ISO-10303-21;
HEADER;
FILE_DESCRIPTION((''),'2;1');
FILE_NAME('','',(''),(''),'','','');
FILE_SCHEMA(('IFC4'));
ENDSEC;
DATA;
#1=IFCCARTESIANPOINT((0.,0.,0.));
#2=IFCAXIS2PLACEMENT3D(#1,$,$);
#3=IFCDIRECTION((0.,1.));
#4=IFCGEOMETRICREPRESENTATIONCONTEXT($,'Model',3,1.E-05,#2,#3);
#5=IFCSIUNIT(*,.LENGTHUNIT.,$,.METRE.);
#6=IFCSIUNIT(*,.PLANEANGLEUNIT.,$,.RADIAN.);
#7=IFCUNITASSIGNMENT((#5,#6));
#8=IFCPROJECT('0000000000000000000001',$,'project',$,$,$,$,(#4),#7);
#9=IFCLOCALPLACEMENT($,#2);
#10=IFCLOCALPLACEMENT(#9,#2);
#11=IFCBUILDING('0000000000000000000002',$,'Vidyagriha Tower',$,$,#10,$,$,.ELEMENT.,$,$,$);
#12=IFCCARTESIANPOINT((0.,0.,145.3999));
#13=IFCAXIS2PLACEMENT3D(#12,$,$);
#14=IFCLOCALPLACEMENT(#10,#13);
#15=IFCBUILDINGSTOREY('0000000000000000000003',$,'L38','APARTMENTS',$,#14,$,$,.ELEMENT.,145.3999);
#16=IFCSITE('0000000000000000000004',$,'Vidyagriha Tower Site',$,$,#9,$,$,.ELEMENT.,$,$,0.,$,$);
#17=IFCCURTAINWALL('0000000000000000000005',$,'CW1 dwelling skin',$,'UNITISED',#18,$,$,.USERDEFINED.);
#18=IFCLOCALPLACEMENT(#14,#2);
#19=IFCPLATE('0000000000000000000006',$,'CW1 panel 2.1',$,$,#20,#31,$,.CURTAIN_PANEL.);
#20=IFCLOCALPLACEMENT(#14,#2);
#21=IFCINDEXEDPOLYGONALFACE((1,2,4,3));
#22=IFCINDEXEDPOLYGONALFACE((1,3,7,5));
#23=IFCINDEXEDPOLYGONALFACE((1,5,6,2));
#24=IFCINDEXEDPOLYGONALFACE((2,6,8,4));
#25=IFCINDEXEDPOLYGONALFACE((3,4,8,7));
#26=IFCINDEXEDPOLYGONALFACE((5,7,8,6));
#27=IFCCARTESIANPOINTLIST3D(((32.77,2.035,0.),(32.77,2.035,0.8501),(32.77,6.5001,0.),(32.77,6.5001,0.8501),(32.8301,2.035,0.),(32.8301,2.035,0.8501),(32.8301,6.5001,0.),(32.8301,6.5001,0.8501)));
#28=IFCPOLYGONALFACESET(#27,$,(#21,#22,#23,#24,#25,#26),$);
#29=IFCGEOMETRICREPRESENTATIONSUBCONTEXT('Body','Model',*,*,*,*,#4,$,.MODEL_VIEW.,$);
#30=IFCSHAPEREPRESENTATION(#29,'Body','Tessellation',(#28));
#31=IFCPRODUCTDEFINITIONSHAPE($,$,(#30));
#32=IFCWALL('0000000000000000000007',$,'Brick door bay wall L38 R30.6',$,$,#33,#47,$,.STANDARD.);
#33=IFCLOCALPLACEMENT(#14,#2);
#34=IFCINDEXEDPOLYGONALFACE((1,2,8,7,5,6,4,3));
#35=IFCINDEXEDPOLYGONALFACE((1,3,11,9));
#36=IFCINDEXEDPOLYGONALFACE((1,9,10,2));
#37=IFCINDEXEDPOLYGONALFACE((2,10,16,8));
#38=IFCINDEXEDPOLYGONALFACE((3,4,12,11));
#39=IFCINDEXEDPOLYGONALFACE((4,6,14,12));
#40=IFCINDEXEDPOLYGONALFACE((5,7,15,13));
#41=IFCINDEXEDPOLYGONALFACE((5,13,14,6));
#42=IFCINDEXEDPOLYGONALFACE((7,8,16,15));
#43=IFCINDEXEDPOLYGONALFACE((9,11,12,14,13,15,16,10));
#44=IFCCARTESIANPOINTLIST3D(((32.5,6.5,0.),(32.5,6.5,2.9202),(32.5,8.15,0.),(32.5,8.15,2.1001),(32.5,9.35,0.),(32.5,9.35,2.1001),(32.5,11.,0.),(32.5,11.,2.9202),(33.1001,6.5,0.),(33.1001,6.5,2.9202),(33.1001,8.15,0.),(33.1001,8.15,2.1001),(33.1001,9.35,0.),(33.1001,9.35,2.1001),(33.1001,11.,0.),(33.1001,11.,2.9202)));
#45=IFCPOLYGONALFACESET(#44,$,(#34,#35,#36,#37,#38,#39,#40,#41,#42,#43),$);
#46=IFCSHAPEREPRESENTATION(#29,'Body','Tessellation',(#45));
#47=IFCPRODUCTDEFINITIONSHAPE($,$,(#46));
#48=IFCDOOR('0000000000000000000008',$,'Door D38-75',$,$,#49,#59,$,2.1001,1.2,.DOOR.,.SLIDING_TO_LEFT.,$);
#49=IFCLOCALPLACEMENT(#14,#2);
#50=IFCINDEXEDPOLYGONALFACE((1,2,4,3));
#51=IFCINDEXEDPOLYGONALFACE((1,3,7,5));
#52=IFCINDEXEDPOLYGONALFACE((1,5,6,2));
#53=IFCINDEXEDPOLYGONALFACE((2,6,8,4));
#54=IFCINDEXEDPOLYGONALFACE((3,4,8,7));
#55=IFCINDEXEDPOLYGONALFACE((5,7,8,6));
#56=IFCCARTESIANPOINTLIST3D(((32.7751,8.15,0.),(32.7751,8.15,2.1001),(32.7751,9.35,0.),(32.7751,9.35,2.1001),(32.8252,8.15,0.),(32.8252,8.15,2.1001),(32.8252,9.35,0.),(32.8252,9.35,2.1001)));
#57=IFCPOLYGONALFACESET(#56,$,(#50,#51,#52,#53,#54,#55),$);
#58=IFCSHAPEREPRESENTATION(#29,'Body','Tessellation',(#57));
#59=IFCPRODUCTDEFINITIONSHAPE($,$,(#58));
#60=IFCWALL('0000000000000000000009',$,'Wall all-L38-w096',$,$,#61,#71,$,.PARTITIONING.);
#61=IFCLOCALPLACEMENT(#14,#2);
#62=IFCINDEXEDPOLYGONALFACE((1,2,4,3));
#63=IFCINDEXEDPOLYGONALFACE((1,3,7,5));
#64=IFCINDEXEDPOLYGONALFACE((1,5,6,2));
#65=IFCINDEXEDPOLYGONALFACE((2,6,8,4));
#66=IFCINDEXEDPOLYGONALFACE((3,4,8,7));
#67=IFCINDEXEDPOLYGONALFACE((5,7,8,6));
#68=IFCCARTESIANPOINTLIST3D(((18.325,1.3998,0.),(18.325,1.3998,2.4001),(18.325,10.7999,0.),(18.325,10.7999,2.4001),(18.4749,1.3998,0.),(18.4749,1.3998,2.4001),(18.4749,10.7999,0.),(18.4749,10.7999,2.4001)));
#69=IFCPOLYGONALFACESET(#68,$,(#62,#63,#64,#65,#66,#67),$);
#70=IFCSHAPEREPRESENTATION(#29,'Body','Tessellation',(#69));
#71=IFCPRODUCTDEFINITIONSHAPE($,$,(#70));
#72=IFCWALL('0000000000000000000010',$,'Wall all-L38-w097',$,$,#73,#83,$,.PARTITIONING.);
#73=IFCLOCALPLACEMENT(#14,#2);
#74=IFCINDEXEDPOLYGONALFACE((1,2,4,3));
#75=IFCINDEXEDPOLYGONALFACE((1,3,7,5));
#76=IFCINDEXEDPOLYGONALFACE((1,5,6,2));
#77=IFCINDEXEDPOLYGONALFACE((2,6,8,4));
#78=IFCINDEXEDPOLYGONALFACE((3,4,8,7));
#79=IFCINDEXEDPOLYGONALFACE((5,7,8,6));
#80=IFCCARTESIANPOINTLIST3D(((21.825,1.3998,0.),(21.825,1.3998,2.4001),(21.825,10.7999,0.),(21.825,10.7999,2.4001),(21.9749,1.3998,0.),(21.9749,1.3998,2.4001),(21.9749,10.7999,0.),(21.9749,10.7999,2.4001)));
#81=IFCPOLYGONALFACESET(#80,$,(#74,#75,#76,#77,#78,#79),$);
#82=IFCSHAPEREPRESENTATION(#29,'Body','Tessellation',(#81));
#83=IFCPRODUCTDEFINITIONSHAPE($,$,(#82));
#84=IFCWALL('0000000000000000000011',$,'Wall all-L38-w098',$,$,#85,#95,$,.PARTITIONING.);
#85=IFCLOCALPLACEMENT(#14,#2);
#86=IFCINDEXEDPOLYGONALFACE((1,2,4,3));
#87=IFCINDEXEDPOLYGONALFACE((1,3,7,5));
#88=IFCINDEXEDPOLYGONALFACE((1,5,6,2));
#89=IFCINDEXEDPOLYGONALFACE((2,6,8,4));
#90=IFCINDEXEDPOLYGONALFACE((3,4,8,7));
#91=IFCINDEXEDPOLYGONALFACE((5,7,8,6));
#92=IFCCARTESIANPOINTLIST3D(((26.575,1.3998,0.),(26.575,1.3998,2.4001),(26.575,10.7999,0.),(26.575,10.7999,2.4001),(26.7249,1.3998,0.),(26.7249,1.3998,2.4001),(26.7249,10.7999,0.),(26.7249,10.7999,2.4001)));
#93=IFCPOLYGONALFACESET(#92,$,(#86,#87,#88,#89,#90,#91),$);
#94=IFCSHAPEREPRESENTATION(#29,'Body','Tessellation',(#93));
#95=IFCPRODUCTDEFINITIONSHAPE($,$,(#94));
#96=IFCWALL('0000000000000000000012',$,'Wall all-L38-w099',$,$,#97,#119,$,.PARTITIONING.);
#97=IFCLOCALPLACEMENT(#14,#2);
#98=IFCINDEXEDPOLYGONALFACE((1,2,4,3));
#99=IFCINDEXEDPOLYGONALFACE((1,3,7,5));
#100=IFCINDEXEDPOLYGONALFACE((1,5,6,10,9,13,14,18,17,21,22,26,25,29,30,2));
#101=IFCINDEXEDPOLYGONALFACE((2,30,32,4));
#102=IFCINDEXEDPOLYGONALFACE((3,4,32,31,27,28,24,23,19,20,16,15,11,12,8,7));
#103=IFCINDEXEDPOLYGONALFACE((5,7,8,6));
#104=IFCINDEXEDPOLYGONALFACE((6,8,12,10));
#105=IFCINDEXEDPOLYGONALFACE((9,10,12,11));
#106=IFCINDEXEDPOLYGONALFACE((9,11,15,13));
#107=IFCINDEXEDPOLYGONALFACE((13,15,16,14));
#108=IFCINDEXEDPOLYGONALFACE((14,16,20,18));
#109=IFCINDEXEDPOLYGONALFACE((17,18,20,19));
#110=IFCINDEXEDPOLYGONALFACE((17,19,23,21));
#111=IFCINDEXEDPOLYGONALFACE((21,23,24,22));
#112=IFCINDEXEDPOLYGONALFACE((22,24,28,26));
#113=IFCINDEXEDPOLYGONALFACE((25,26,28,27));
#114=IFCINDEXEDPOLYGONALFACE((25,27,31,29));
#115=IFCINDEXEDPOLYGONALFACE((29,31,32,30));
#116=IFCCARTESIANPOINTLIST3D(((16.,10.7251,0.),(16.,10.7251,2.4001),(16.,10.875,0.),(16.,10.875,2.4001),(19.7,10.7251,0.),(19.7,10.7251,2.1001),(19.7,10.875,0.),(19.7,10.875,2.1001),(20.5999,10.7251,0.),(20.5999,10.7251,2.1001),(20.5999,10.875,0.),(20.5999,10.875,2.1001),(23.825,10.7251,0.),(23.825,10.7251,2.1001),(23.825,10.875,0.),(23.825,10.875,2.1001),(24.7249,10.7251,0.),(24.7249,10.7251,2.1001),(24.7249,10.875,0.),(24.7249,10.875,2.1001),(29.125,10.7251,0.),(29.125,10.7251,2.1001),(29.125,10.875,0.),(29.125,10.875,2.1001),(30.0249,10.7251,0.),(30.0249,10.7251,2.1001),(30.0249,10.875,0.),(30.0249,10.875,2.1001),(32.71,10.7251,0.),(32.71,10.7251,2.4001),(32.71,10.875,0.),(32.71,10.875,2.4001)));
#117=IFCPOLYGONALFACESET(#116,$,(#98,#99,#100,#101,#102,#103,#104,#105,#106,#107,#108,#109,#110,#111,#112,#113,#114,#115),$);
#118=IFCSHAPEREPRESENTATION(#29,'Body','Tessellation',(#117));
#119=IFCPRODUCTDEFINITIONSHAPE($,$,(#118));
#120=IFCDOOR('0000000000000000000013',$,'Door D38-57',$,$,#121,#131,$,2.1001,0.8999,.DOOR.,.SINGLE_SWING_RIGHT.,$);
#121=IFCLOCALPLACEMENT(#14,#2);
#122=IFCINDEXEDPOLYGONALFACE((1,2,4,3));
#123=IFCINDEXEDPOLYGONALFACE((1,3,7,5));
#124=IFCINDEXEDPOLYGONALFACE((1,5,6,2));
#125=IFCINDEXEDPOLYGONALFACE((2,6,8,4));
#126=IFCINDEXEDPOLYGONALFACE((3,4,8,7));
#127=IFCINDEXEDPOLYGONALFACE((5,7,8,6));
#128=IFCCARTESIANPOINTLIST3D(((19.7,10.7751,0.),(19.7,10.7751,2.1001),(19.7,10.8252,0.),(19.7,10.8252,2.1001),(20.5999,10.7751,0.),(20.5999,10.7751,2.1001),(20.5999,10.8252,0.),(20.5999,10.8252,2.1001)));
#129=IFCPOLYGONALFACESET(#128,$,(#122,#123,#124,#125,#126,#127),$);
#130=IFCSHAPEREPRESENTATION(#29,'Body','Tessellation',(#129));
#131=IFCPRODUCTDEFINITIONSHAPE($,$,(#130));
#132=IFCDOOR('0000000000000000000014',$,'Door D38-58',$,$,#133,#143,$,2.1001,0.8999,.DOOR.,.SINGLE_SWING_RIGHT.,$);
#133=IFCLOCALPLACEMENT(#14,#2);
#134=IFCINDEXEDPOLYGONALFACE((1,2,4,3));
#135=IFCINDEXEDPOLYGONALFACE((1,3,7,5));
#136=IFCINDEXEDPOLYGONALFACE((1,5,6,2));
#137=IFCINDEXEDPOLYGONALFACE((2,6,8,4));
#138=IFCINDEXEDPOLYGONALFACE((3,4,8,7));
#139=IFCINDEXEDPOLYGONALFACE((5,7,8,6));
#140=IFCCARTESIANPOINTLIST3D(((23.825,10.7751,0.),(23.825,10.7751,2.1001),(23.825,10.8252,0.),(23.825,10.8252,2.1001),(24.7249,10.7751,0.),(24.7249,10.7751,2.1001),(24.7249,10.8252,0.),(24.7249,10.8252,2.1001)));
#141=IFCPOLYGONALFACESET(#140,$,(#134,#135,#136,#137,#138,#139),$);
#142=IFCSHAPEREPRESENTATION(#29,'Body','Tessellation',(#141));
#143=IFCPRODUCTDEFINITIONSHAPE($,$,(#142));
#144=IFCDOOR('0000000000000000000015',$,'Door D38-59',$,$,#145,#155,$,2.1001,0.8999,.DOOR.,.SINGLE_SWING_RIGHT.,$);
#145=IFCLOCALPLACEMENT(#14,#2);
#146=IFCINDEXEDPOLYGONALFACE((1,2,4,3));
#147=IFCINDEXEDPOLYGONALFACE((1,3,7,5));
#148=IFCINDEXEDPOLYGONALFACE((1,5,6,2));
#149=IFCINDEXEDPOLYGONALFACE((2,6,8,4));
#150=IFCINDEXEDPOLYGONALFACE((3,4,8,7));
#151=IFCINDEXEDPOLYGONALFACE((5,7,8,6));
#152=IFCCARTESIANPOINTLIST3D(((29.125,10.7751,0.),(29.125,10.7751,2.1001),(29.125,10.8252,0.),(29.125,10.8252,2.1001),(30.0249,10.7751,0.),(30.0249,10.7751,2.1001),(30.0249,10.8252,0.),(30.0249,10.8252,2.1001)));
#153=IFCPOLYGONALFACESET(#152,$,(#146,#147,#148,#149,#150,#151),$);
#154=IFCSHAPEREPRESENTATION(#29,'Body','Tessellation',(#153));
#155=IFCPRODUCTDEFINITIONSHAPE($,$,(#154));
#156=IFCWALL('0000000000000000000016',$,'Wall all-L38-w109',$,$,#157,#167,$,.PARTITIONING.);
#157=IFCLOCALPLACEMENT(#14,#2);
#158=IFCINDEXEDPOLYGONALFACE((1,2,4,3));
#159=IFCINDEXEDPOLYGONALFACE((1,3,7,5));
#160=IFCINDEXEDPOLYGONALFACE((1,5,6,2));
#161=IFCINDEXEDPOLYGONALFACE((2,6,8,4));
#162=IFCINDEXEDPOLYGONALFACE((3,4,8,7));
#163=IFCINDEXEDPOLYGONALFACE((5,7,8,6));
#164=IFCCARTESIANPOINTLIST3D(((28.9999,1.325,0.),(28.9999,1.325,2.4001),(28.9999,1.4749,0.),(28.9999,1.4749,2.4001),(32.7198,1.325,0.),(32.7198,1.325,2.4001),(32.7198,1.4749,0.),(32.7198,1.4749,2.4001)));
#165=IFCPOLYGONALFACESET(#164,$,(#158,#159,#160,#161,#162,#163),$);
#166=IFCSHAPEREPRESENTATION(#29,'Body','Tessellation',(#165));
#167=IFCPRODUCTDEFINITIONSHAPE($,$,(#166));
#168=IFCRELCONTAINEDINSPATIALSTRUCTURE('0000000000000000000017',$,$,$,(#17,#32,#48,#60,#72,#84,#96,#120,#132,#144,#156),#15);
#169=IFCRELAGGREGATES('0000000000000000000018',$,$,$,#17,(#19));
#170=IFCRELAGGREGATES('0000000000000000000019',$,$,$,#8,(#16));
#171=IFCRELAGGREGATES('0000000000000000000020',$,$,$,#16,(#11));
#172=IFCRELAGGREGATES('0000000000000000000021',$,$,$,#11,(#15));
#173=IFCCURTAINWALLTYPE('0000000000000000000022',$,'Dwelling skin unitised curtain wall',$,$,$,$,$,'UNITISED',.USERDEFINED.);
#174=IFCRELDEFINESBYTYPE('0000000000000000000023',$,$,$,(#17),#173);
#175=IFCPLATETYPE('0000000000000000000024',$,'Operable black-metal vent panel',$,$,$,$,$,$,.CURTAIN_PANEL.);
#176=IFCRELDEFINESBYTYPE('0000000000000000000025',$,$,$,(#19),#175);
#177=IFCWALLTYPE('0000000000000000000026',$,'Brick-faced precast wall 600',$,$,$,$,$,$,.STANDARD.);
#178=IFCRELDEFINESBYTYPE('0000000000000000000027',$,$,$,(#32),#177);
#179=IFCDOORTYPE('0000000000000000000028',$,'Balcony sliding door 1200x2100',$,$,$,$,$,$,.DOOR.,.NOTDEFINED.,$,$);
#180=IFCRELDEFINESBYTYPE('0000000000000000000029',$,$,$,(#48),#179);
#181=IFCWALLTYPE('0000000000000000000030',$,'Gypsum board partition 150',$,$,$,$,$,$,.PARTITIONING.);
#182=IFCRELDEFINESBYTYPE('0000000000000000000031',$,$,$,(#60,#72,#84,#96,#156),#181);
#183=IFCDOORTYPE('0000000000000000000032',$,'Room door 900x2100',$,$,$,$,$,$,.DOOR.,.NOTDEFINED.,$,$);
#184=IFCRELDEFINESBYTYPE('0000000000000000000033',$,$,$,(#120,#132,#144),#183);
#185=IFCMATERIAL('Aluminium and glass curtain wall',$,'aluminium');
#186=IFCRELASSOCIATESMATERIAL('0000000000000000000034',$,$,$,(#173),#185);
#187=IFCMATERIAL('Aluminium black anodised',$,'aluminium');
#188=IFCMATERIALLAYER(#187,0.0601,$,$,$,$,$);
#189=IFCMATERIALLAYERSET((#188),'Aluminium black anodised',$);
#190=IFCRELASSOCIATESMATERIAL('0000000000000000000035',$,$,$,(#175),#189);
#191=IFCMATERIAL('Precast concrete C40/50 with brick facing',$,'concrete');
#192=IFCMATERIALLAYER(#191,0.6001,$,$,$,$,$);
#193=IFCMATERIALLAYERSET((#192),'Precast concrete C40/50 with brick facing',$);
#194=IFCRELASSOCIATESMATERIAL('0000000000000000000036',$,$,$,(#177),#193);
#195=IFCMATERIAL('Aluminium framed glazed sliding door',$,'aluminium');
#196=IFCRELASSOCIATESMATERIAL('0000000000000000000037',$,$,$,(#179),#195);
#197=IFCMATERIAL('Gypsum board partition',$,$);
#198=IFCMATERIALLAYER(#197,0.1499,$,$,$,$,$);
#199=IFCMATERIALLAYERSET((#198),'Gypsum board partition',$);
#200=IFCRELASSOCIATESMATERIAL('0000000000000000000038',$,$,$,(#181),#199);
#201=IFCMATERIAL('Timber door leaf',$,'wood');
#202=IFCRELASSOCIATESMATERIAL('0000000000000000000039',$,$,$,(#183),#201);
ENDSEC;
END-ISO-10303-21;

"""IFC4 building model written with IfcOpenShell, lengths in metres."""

from ifc_helpers import new_model, si_unit, direction, frame, frame_2d, origin, origin_2d, place, context, subcontext, project, spatial, rectangle, extrude, material, layer, layer_set, type_object, element, fill, aggregate, save


model = new_model("IFC4")

# Units and contexts
model_context = context("Model", 3, precision=1e-05, world=origin(), true_north=direction((0.0, 1.0)))
body_context = subcontext(model_context, "Body", "Model", "MODEL_VIEW")
ifc_project = project(units=[si_unit("LENGTHUNIT", "METRE"), si_unit("PLANEANGLEUNIT", "RADIAN")], contexts=[model_context])

# Site, building, storey
site_placement = place(None, origin())
site = spatial("IfcSite", under=ifc_project, at=site_placement, Name="Vidyagriha Tower Site", CompositionType="ELEMENT", RefElevation=0.0)
building_placement = place(site_placement, origin())
building = spatial("IfcBuilding", under=site, at=building_placement, Name="Vidyagriha Tower", CompositionType="ELEMENT")
storey_placement = place(building_placement, frame((0.0, 0.0, 145.3999)))
storey = spatial("IfcBuildingStorey", under=building, at=storey_placement, Name="L38", Description="APARTMENTS", CompositionType="ELEMENT", Elevation=145.3999)

# Curtain wall
ifc_material_1 = material(Name="Aluminium and glass curtain wall", Category="aluminium")
curtain_wall_type = type_object("IfcCurtainWallType", Name="Dwelling skin unitised curtain wall", ElementType="UNITISED", PredefinedType="USERDEFINED", material=ifc_material_1)
curtain_wall_1_placement = place(storey_placement, origin())
curtain_wall_1 = element("IfcCurtainWall", 1, at=curtain_wall_1_placement, inside=storey, type_object=curtain_wall_type, Name="CW1 dwelling skin", ObjectType="UNITISED", PredefinedType="USERDEFINED")

# Plate
ifc_material_2 = material(Name="Aluminium black anodised", Category="aluminium")
ifc_layer_1 = layer(ifc_material_2, 0.0601)
ifc_layer_set_1 = layer_set([ifc_layer_1], Name="Aluminium black anodised")
plate_type_1 = type_object("IfcPlateType", Name="Operable black-metal vent panel", PredefinedType="CURTAIN_PANEL", material=ifc_layer_set_1)
plate_1_placement = place(storey_placement, frame((32.8, 4.2676, 0.0), z_axis=(0.0, 0.0, 1.0), x_axis=(0.0, 1.0, 0.0)))
plate_1 = element("IfcPlate", 2, at=plate_1_placement, type_object=plate_type_1, Name="CW1 panel 2.1", PredefinedType="CURTAIN_PANEL", context=body_context, shape_type="SweptSolid", body=[
    extrude(rectangle(XDim=4.4651, YDim=0.0601, at=origin_2d()), origin(), (0.0, 0.0, 1.0), 0.8501),
])
aggregate(curtain_wall_1, [plate_1])

# Wall, opening, door
ifc_material_3 = material(Name="Precast concrete C40/50 with brick facing", Category="concrete")
ifc_layer_2 = layer(ifc_material_3, 0.6001)
ifc_layer_set_2 = layer_set([ifc_layer_2], Name="Precast concrete C40/50 with brick facing")
wall_type_1 = type_object("IfcWallType", Name="Brick-faced precast wall 600", PredefinedType="STANDARD", material=ifc_layer_set_2)
wall_1_placement = place(storey_placement, frame((32.8, 6.5, 0.0), z_axis=(0.0, 0.0, 1.0), x_axis=(0.0, 1.0, 0.0)))
wall_1 = element("IfcWall", 3, at=wall_1_placement, inside=storey, type_object=wall_type_1, Name="Brick door bay wall L38 R30.6", PredefinedType="STANDARD", context=body_context, shape_type="SweptSolid", body=[
    extrude(rectangle(XDim=4.5, YDim=0.6001, at=frame_2d((2.25, 0.0))), origin(), (0.0, 0.0, 1.0), 2.9202),
])
opening_1_placement = place(wall_1_placement, frame((1.6499, 0.0, 0.0)))
opening_1 = element("IfcOpeningElement", 4, at=opening_1_placement, cuts=wall_1, PredefinedType="OPENING", context=body_context, shape_type="SweptSolid", body=[
    extrude(rectangle(XDim=1.2, YDim=2.1001, at=frame_2d((0.6001, 1.05))), frame((0.0, 0.3101, 0.0), z_axis=(0.0, -1.0, 0.0), x_axis=(1.0, 0.0, 0.0)), (0.0, 0.0, 1.0), 0.6201),
])
ifc_material_4 = material(Name="Aluminium framed glazed sliding door", Category="aluminium")
door_type_1 = type_object("IfcDoorType", Name="Balcony sliding door 1200x2100", OperationType="NOTDEFINED", PredefinedType="DOOR", material=ifc_material_4)
door_1_placement = place(opening_1_placement, origin())
door_1 = element("IfcDoor", 5, at=door_1_placement, inside=storey, type_object=door_type_1, Name="Door D38-75", OperationType="SLIDING_TO_LEFT", OverallHeight=2.1001, OverallWidth=1.2, PredefinedType="DOOR", context=body_context, shape_type="SweptSolid", body=[
    extrude(rectangle(XDim=1.2, YDim=2.1001, at=frame_2d((0.6001, 1.05))), frame((0.0, 0.0249, 0.0), z_axis=(0.0, -1.0, 0.0), x_axis=(1.0, 0.0, 0.0)), (0.0, 0.0, 1.0), 0.05),
])
fill(opening_1, door_1)

# Walls
ifc_material_5 = material(Name="Gypsum board partition")
ifc_layer_3 = layer(ifc_material_5, 0.1499)
ifc_layer_set_3 = layer_set([ifc_layer_3], Name="Gypsum board partition")
wall_type_2 = type_object("IfcWallType", Name="Gypsum board partition 150", PredefinedType="PARTITIONING", material=ifc_layer_set_3)
for number, where, z_axis, x_axis, name in (
    (6, (18.3999, 10.8, 0.0), (0.0, 0.0, 1.0), (0.0, -1.0, 0.0), "Wall all-L38-w096"),
    (7, (21.8999, 10.8, 0.0), (0.0, 0.0, 1.0), (0.0, -1.0, 0.0), "Wall all-L38-w097"),
    (8, (26.6499, 10.8, 0.0), (0.0, 0.0, 1.0), (0.0, -1.0, 0.0), "Wall all-L38-w098"),
):
    element("IfcWall", number, at=place(storey_placement, frame(where, z_axis=z_axis, x_axis=x_axis)), inside=storey, type_object=wall_type_2, Name=name, PredefinedType="PARTITIONING", context=body_context, shape_type="SweptSolid", body=[
        extrude(rectangle(XDim=9.4001, YDim=0.1499, at=frame_2d((4.7002, 0.0))), origin(), (0.0, 0.0, 1.0), 2.4001),
    ])

# Wall, openings, doors
wall_2_placement = place(storey_placement, frame((32.71, 10.8, 0.0), z_axis=(0.0, 0.0, 1.0), x_axis=(-1.0, 0.0, 0.0)))
wall_2 = element("IfcWall", 9, at=wall_2_placement, inside=storey, type_object=wall_type_2, Name="Wall all-L38-w099", PredefinedType="PARTITIONING", context=body_context, shape_type="SweptSolid", body=[
    extrude(rectangle(XDim=16.71, YDim=0.1499, at=frame_2d((8.355, 0.0))), origin(), (0.0, 0.0, 1.0), 2.4001),
])
opening_2_placement = place(wall_2_placement, frame((12.1101, 0.0, 0.0)))
opening_2 = element("IfcOpeningElement", 10, at=opening_2_placement, cuts=wall_2, PredefinedType="OPENING", context=body_context, shape_type="SweptSolid", body=[
    extrude(rectangle(XDim=0.8999, YDim=2.1001, at=frame_2d((0.45, 1.05))), frame((0.0, 0.085, 0.0), z_axis=(0.0, -1.0, 0.0), x_axis=(1.0, 0.0, 0.0)), (0.0, 0.0, 1.0), 0.1699),
])
opening_3_placement = place(wall_2_placement, frame((7.9851, 0.0, 0.0)))
opening_3 = element("IfcOpeningElement", 11, at=opening_3_placement, cuts=wall_2, PredefinedType="OPENING", context=body_context, shape_type="SweptSolid", body=[
    extrude(rectangle(XDim=0.8999, YDim=2.1001, at=frame_2d((0.45, 1.05))), frame((0.0, 0.085, 0.0), z_axis=(0.0, -1.0, 0.0), x_axis=(1.0, 0.0, 0.0)), (0.0, 0.0, 1.0), 0.1699),
])
opening_4_placement = place(wall_2_placement, frame((2.6851, 0.0, 0.0)))
opening_4 = element("IfcOpeningElement", 12, at=opening_4_placement, cuts=wall_2, PredefinedType="OPENING", context=body_context, shape_type="SweptSolid", body=[
    extrude(rectangle(XDim=0.8999, YDim=2.1001, at=frame_2d((0.45, 1.05))), frame((0.0, 0.085, 0.0), z_axis=(0.0, -1.0, 0.0), x_axis=(1.0, 0.0, 0.0)), (0.0, 0.0, 1.0), 0.1699),
])
ifc_material_6 = material(Name="Timber door leaf", Category="wood")
door_type_2 = type_object("IfcDoorType", Name="Room door 900x2100", OperationType="NOTDEFINED", PredefinedType="DOOR", material=ifc_material_6)
door_2_placement = place(opening_2_placement, origin())
door_2 = element("IfcDoor", 13, at=door_2_placement, inside=storey, type_object=door_type_2, Name="Door D38-57", OperationType="SINGLE_SWING_RIGHT", OverallHeight=2.1001, OverallWidth=0.8999, PredefinedType="DOOR", context=body_context, shape_type="SweptSolid", body=[
    extrude(rectangle(XDim=0.8999, YDim=2.1001, at=frame_2d((0.45, 1.05))), frame((0.0, 0.0249, 0.0), z_axis=(0.0, -1.0, 0.0), x_axis=(1.0, 0.0, 0.0)), (0.0, 0.0, 1.0), 0.05),
])
fill(opening_2, door_2)
door_3_placement = place(opening_3_placement, origin())
door_3 = element("IfcDoor", 14, at=door_3_placement, inside=storey, type_object=door_type_2, Name="Door D38-58", OperationType="SINGLE_SWING_RIGHT", OverallHeight=2.1001, OverallWidth=0.8999, PredefinedType="DOOR", context=body_context, shape_type="SweptSolid", body=[
    extrude(rectangle(XDim=0.8999, YDim=2.1001, at=frame_2d((0.45, 1.05))), frame((0.0, 0.0249, 0.0), z_axis=(0.0, -1.0, 0.0), x_axis=(1.0, 0.0, 0.0)), (0.0, 0.0, 1.0), 0.05),
])
fill(opening_3, door_3)
door_4_placement = place(opening_4_placement, origin())
door_4 = element("IfcDoor", 15, at=door_4_placement, inside=storey, type_object=door_type_2, Name="Door D38-59", OperationType="SINGLE_SWING_RIGHT", OverallHeight=2.1001, OverallWidth=0.8999, PredefinedType="DOOR", context=body_context, shape_type="SweptSolid", body=[
    extrude(rectangle(XDim=0.8999, YDim=2.1001, at=frame_2d((0.45, 1.05))), frame((0.0, 0.0249, 0.0), z_axis=(0.0, -1.0, 0.0), x_axis=(1.0, 0.0, 0.0)), (0.0, 0.0, 1.0), 0.05),
])
fill(opening_4, door_4)

# Wall
wall_3_placement = place(storey_placement, frame((29.0, 1.3999, 0.0)))
element("IfcWall", 16, at=wall_3_placement, inside=storey, type_object=wall_type_2, Name="Wall all-L38-w109", PredefinedType="PARTITIONING", context=body_context, shape_type="SweptSolid", body=[
    extrude(rectangle(XDim=3.72, YDim=0.1499, at=frame_2d((1.8599, 0.0))), origin(), (0.0, 0.0, 1.0), 2.4001),
])

save(model, "model.ifc")
